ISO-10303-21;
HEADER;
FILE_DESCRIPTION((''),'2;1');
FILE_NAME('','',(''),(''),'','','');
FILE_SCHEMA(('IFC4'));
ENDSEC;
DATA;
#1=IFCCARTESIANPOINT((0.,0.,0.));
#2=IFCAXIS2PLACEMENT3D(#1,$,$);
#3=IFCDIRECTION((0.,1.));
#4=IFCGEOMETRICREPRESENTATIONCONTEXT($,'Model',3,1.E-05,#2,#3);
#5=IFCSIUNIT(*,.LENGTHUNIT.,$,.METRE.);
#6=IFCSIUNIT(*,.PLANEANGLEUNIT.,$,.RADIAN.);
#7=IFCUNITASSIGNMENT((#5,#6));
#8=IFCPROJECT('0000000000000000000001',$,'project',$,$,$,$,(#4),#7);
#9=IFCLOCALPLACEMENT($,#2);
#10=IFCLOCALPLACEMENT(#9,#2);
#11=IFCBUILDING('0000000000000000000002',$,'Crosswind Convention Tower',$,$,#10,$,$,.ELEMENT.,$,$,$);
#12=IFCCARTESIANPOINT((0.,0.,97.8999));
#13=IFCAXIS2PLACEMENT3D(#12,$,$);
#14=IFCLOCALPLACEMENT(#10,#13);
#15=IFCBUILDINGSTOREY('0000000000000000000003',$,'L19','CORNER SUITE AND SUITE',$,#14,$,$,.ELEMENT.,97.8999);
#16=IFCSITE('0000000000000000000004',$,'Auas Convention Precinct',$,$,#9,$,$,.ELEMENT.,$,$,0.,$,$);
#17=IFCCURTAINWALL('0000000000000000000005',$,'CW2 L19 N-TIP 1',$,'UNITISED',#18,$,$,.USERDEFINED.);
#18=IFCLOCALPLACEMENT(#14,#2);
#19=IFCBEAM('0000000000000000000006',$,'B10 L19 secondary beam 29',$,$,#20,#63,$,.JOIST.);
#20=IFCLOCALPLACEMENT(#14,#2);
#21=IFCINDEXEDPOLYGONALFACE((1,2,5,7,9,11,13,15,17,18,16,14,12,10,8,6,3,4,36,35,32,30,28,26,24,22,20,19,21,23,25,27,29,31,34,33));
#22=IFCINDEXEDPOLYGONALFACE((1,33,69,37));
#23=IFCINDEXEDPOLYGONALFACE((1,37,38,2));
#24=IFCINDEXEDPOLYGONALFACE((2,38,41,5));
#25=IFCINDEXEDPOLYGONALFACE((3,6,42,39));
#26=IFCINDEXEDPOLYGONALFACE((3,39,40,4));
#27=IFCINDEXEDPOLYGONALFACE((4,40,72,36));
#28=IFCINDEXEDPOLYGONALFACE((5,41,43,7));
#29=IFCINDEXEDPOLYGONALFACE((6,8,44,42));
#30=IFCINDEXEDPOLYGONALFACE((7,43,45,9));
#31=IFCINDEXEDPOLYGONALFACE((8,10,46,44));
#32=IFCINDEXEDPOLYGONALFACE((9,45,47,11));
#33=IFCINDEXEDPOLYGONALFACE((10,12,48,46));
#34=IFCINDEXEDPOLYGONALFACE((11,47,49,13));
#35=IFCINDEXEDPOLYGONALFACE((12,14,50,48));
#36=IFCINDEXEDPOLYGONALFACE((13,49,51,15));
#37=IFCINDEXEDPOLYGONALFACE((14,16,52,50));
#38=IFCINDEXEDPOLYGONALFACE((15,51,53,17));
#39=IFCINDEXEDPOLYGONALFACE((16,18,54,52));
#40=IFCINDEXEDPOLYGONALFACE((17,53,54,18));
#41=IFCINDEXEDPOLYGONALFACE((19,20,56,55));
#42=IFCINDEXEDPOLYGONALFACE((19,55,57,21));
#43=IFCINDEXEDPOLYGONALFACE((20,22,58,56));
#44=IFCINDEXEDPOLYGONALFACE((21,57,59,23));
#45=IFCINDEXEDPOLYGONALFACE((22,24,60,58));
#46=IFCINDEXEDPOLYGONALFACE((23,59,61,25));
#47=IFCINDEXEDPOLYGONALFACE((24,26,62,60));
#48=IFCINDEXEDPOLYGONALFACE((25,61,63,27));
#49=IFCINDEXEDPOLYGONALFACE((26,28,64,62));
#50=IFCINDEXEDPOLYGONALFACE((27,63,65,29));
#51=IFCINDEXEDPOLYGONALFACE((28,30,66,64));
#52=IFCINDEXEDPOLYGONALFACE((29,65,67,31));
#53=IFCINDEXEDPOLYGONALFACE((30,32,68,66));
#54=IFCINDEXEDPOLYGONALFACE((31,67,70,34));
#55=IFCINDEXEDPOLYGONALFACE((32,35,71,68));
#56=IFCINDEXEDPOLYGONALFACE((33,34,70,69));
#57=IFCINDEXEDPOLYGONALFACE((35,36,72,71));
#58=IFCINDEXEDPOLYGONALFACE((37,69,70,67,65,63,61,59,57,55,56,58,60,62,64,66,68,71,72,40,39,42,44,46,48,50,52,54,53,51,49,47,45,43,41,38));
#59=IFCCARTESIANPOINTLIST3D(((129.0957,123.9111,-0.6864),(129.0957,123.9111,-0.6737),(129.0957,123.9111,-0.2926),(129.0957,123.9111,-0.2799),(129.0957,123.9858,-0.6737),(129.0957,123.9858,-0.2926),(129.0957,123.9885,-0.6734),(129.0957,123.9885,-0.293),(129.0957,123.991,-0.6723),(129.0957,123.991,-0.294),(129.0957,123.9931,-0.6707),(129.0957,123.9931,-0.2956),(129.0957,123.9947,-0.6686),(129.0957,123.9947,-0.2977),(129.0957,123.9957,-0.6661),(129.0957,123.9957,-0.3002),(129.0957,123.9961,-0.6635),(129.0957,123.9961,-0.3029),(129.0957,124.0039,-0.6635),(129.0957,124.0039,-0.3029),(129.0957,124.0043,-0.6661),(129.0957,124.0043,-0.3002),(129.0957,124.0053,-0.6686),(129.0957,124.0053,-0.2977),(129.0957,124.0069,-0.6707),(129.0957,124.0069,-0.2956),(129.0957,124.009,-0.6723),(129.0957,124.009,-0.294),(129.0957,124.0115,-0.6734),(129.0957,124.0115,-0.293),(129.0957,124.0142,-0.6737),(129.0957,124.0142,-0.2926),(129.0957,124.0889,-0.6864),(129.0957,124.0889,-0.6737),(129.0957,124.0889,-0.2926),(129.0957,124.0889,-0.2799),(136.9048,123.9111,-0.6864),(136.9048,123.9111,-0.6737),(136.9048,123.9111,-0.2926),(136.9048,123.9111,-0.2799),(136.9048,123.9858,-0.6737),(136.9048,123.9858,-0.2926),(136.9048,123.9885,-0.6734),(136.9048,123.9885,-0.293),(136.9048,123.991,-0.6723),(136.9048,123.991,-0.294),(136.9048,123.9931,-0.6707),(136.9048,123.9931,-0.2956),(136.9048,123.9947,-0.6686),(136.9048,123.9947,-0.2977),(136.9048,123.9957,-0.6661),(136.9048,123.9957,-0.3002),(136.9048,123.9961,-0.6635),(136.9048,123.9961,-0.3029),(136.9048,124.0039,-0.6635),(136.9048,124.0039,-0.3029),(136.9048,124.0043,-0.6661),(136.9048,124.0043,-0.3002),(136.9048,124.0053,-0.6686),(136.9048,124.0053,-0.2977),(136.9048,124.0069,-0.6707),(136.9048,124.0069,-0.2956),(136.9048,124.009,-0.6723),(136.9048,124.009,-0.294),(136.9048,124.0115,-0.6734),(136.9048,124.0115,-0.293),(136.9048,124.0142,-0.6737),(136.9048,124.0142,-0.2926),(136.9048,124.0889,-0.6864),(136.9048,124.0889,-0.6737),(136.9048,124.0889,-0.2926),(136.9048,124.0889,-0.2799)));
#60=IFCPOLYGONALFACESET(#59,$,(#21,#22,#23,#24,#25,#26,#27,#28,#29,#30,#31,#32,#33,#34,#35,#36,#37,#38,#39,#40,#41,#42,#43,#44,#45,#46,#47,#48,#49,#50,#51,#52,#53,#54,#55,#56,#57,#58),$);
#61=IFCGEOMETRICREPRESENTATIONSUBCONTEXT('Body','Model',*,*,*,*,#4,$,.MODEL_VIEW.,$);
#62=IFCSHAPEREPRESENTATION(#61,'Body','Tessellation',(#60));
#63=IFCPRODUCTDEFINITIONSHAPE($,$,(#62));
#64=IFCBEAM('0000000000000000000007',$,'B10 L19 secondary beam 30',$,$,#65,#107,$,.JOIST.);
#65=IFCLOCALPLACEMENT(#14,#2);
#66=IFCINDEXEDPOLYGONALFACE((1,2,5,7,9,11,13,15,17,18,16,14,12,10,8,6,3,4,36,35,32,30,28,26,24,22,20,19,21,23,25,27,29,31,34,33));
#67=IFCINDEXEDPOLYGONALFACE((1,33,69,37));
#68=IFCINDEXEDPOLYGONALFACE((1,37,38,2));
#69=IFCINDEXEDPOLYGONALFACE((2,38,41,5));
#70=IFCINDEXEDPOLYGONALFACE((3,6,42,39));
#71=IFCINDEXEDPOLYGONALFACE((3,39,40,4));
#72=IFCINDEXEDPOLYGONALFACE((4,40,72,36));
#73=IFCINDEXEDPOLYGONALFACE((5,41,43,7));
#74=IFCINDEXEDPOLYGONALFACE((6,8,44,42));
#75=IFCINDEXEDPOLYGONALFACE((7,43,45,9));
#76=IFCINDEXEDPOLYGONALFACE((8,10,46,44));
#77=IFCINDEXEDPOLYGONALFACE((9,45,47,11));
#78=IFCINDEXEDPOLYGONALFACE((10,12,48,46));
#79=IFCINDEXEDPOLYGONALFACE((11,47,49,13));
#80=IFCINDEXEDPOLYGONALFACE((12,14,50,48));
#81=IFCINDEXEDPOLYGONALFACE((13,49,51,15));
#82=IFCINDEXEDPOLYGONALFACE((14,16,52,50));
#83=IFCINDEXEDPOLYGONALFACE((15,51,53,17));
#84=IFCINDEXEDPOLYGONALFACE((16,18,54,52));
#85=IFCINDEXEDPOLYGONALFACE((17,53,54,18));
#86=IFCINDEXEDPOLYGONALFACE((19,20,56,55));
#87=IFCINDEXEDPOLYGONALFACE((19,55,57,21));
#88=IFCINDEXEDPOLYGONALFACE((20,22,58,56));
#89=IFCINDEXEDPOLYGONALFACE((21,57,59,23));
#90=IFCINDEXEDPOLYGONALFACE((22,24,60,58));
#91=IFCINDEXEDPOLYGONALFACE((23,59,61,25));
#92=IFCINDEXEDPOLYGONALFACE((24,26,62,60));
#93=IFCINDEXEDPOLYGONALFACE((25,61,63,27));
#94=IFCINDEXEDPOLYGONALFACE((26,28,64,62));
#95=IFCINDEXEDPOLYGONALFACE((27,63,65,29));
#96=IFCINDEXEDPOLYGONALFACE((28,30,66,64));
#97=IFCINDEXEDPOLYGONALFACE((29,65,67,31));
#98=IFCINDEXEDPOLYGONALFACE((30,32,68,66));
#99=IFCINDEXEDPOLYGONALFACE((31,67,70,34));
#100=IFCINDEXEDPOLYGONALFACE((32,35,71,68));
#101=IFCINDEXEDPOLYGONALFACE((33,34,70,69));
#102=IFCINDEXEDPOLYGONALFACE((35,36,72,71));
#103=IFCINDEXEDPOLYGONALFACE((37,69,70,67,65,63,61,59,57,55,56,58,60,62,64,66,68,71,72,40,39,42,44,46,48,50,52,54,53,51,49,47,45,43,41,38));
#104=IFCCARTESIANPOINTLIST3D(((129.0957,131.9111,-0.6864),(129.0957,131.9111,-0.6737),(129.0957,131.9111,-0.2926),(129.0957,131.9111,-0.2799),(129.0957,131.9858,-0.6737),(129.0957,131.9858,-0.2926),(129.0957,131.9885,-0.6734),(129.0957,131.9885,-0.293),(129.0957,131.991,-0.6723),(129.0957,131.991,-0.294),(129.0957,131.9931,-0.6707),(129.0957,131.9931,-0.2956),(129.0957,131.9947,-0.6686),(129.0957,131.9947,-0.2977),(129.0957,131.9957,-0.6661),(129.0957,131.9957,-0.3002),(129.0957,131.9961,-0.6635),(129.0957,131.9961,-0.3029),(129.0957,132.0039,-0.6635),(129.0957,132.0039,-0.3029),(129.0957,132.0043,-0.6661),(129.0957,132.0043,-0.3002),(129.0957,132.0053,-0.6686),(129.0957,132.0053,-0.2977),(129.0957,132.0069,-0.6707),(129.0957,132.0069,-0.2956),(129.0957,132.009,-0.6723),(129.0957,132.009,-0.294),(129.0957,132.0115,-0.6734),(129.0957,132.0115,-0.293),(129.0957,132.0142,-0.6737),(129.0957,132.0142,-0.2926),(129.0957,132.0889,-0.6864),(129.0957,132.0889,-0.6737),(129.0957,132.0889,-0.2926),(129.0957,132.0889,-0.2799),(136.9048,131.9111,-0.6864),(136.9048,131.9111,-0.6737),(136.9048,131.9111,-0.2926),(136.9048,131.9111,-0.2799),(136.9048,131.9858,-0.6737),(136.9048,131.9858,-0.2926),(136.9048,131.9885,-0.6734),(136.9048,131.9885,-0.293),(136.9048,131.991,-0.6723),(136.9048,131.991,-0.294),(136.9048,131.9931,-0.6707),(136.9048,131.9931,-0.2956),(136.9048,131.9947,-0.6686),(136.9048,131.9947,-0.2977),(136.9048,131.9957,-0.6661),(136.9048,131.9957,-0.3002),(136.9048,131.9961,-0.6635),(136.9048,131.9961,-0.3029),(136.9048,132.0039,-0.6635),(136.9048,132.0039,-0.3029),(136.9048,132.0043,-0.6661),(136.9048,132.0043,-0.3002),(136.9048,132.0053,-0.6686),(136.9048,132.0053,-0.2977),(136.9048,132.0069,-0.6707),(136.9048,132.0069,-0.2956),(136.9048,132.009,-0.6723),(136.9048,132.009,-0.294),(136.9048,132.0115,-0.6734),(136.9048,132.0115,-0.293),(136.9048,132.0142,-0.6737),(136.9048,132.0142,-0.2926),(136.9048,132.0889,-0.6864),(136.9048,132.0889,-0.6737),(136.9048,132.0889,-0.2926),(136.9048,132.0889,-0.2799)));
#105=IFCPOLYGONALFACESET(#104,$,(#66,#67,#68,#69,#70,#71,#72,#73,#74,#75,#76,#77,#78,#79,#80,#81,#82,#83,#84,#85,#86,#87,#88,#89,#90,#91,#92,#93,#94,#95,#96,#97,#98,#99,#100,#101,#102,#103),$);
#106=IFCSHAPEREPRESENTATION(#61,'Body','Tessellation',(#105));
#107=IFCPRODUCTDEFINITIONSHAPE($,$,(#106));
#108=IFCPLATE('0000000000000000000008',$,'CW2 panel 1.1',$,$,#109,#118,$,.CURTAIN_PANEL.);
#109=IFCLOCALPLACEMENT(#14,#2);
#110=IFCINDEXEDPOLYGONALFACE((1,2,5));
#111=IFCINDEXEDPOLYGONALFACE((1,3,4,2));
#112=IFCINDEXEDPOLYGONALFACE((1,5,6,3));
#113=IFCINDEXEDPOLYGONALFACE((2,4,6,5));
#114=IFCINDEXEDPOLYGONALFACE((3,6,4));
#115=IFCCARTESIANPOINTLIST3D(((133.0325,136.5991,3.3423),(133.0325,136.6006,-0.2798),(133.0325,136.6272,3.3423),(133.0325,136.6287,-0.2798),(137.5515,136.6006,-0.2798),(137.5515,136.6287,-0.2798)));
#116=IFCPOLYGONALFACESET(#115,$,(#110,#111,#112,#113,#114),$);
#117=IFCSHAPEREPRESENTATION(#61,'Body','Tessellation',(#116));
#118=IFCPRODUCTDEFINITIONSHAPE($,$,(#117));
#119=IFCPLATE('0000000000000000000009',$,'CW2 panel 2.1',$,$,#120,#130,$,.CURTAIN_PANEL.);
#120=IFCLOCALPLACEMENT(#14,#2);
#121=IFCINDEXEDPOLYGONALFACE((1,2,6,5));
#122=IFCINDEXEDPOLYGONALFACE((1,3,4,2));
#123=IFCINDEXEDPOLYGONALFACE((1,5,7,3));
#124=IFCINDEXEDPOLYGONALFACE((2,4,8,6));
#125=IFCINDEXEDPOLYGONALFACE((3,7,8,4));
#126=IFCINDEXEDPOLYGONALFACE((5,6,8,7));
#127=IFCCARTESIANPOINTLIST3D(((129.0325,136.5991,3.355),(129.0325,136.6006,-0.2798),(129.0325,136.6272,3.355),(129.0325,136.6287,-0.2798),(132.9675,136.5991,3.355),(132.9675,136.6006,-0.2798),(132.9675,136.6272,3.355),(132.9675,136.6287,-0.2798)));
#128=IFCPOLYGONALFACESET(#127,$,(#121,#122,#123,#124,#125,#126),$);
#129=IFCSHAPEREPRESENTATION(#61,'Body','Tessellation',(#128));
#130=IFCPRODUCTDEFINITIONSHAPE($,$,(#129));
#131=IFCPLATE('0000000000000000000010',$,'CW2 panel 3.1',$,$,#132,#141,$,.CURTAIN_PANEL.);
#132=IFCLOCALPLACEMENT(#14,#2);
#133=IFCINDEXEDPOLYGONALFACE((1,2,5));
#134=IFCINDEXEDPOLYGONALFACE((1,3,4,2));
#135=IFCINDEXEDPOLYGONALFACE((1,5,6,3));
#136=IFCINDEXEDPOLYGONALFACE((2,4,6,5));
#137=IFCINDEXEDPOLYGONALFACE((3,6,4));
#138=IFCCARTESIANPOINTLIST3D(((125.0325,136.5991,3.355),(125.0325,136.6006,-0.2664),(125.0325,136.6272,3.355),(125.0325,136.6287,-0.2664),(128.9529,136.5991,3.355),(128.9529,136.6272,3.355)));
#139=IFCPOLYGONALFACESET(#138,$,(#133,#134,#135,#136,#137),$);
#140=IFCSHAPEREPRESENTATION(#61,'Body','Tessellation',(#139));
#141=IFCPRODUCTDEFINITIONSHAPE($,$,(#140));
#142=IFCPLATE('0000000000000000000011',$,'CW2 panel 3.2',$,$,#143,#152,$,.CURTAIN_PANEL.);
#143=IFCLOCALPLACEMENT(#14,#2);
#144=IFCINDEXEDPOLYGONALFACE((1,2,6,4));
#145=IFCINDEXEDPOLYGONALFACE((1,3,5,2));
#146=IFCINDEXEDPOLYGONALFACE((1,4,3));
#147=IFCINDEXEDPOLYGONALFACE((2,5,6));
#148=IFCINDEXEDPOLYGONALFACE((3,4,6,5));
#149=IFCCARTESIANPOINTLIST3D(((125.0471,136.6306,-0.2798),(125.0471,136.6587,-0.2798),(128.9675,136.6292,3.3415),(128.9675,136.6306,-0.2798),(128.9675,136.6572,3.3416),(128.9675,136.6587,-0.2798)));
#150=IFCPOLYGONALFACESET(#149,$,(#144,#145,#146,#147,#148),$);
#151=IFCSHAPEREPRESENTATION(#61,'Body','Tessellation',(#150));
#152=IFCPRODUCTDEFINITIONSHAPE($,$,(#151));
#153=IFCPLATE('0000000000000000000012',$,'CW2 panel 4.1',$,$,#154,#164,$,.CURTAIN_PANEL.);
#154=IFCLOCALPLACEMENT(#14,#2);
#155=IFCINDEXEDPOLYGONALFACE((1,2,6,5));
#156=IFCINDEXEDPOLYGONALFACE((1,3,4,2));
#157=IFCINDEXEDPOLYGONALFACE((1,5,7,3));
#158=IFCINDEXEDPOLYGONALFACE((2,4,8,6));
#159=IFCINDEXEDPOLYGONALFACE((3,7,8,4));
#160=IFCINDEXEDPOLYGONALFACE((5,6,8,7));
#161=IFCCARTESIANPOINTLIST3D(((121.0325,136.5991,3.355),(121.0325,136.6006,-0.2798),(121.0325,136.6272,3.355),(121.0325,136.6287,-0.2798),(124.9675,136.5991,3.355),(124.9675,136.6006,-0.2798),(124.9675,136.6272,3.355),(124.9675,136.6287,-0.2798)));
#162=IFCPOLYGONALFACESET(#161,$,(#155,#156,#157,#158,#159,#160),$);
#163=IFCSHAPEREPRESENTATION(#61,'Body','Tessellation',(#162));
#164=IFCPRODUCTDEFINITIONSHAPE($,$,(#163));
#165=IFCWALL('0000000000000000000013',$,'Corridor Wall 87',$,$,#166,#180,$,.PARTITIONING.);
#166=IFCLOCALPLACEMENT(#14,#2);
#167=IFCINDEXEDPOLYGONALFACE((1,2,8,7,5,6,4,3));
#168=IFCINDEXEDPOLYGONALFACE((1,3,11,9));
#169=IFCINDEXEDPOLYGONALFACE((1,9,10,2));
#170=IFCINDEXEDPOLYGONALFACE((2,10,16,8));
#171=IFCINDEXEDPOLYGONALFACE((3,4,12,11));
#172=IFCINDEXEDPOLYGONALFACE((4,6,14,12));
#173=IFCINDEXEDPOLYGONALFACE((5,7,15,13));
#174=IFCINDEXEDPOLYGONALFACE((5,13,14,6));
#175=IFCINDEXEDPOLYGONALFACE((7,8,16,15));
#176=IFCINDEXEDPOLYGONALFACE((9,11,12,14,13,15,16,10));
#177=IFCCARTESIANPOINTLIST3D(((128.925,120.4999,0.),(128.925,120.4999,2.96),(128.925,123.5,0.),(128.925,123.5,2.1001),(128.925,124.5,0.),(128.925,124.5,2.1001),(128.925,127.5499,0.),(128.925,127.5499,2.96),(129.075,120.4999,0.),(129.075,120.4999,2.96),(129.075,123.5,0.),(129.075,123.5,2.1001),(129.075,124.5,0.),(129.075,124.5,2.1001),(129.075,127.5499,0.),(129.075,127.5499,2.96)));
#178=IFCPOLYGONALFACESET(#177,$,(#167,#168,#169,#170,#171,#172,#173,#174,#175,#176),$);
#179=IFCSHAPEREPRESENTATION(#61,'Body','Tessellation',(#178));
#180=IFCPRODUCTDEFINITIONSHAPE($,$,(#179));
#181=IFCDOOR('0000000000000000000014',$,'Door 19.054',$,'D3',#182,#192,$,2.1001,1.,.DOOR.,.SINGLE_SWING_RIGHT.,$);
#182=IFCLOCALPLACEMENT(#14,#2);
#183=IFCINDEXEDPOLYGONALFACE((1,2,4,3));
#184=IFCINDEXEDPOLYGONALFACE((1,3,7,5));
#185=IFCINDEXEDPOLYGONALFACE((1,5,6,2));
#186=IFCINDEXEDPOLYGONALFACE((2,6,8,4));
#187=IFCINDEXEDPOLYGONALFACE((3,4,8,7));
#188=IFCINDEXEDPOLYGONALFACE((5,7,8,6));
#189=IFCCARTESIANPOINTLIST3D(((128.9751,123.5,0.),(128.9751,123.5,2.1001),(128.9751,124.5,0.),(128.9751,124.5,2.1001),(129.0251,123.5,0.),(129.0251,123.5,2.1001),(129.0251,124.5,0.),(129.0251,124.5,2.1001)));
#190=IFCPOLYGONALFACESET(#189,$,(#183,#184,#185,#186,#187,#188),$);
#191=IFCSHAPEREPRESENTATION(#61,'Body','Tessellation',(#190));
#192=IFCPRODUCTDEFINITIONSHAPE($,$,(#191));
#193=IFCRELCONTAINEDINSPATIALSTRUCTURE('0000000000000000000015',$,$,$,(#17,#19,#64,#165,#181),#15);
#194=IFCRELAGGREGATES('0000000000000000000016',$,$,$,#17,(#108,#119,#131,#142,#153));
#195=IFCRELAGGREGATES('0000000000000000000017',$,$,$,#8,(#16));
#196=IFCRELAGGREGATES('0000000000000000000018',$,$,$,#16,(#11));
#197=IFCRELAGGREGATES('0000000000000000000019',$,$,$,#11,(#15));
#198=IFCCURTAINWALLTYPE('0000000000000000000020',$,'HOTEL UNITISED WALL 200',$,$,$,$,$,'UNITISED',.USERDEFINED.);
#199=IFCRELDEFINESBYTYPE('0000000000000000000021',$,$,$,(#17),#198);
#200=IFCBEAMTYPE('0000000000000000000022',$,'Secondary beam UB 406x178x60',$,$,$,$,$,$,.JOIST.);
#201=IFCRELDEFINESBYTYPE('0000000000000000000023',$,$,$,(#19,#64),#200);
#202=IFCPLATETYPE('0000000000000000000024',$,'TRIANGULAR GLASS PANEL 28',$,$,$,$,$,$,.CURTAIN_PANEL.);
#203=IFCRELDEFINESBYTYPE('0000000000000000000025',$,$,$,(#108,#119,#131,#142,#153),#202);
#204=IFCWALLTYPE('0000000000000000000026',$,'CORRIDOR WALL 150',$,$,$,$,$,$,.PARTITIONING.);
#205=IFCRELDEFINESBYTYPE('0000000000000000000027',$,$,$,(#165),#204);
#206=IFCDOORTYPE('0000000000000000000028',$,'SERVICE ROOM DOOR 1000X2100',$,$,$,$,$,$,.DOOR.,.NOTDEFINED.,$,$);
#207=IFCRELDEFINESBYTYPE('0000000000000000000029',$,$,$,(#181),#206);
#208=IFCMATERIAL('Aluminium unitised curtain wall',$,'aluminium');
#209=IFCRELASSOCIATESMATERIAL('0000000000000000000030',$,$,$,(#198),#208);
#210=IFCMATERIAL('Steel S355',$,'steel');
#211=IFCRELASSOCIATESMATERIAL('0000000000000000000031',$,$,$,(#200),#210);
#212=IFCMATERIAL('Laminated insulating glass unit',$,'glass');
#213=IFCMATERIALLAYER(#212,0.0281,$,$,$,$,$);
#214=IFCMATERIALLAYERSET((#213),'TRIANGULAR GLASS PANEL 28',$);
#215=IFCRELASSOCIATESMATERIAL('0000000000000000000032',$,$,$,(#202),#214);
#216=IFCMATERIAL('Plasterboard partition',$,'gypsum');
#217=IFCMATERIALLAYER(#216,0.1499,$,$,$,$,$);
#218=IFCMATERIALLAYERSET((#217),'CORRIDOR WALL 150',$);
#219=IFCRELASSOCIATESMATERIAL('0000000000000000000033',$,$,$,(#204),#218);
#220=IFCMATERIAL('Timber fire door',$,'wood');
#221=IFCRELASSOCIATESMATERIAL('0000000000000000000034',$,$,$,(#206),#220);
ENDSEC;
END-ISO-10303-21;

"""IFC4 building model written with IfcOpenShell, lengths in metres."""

from ifc_helpers import new_model, si_unit, direction, frame, frame_2d, origin, origin_2d, place, context, subcontext, project, spatial, polyline, rectangle, i_section, outline, extrude, material, layer, layer_set, material_profile, profile_set, type_object, element, fill, aggregate, save


model = new_model("IFC4")

# Units and contexts
model_context = context("Model", 3, precision=1e-05, world=origin(), true_north=direction((0.0, 1.0)))
body_context = subcontext(model_context, "Body", "Model", "MODEL_VIEW")
ifc_project = project(units=[si_unit("LENGTHUNIT", "METRE"), si_unit("PLANEANGLEUNIT", "RADIAN")], contexts=[model_context])

# Site, building, storey
site_placement = place(None, origin())
site = spatial("IfcSite", under=ifc_project, at=site_placement, Name="Auas Convention Precinct", CompositionType="ELEMENT", RefElevation=0.0)
building_placement = place(site_placement, origin())
building = spatial("IfcBuilding", under=site, at=building_placement, Name="Crosswind Convention Tower", CompositionType="ELEMENT")
storey_placement = place(building_placement, frame((0.0, 0.0, 97.8999)))
storey = spatial("IfcBuildingStorey", under=building, at=storey_placement, Name="L19", Description="CORNER SUITE AND SUITE", CompositionType="ELEMENT", Elevation=97.8999)

# Shared definitions
ifc_material_1 = material(Name="Steel S355", Category="steel")

# Curtain wall
ifc_material_2 = material(Name="Aluminium unitised curtain wall", Category="aluminium")
curtain_wall_type = type_object("IfcCurtainWallType", Name="HOTEL UNITISED WALL 200", ElementType="UNITISED", PredefinedType="USERDEFINED", material=ifc_material_2)
curtain_wall_placement = place(storey_placement, origin())
curtain_wall = element("IfcCurtainWall", 1, at=curtain_wall_placement, inside=storey, type_object=curtain_wall_type, Name="CW2 L19 N-TIP 1", ObjectType="UNITISED", PredefinedType="USERDEFINED")

# Beams
ifc_material_profile_1 = material_profile(ifc_material_1, i_section(OverallWidth=0.1777, OverallDepth=0.4065, WebThickness=0.0078, FlangeThickness=0.0127, FilletRadius=0.0103, at=origin_2d()), Name="UB 406x178x60")
ifc_profile_set_1 = profile_set([ifc_material_profile_1], Name="Steel S355")
beam_type_1 = type_object("IfcBeamType", Name="Secondary beam UB 406x178x60", PredefinedType="JOIST", material=ifc_profile_set_1)
for number, where, z_axis, x_axis, name in (
    (2, (129.0957, 124.0, -0.4832), (1.0, 0.0, 0.0), (0.0, 1.0, 0.0), "B10 L19 secondary beam 29"),
    (3, (129.0957, 132.0, -0.4832), (1.0, 0.0, 0.0), (0.0, 1.0, 0.0), "B10 L19 secondary beam 30"),
):
    element("IfcBeam", number, at=place(storey_placement, frame(where, z_axis=z_axis, x_axis=x_axis)), inside=storey, type_object=beam_type_1, Name=name, PredefinedType="JOIST", context=body_context, shape_type="SweptSolid", body=[
        extrude(i_section(OverallWidth=0.1777, OverallDepth=0.4065, WebThickness=0.0078, FlangeThickness=0.0127, FilletRadius=0.0103, at=origin_2d()), origin(), (0.0, 0.0, 1.0), 7.8091),
    ])

# Plates
ifc_material_3 = material(Name="Laminated insulating glass unit", Category="glass")
ifc_layer_1 = layer(ifc_material_3, 0.0281)
ifc_layer_set_1 = layer_set([ifc_layer_1], Name="TRIANGULAR GLASS PANEL 28")
plate_type = type_object("IfcPlateType", Name="TRIANGULAR GLASS PANEL 28", PredefinedType="CURTAIN_PANEL", material=ifc_layer_set_1)
plate_1_placement = place(storey_placement, frame((133.0325, 136.6287, -0.2798), z_axis=(0.0, 1.0, 0.000404), x_axis=(0.0, -0.000404, 1.0)))
plate_1 = element("IfcPlate", 4, at=plate_1_placement, type_object=plate_type, Name="CW2 panel 1.1", PredefinedType="CURTAIN_PANEL", context=body_context, shape_type="SweptSolid", body=[
    extrude(outline(polyline([(0.0, 0.0), (3.6221, 0.0), (0.0, 4.519), (0.0, 0.0)])), origin(), (0.0, 0.0, -1.0), 0.0281),
])
plate_2_placement = place(storey_placement, frame((132.9675, 136.6287, -0.2798), z_axis=(0.0, 1.0, 0.000403), x_axis=(-1.0, 0.0, 0.0)))
plate_2 = element("IfcPlate", 5, at=plate_2_placement, type_object=plate_type, Name="CW2 panel 2.1", PredefinedType="CURTAIN_PANEL", context=body_context, shape_type="SweptSolid", body=[
    extrude(outline(polyline([(0.0, 0.0), (3.9351, 0.0), (3.9351, 3.6348), (0.0, 3.6348), (0.0, 0.0)])), origin(), (0.0, 0.0, -1.0), 0.0281),
])
plate_3_placement = place(storey_placement, frame((125.0325, 136.6272, 3.355), z_axis=(0.0, 1.0, 0.000405), x_axis=(1.0, 0.0, 0.0)))
plate_3 = element("IfcPlate", 6, at=plate_3_placement, type_object=plate_type, Name="CW2 panel 3.1", PredefinedType="CURTAIN_PANEL", context=body_context, shape_type="SweptSolid", body=[
    extrude(outline(polyline([(0.0, 0.0), (3.9204, 0.0), (0.0, 3.6213), (0.0, 0.0)])), origin(), (0.0, 0.0, -1.0), 0.0281),
])
plate_4_placement = place(storey_placement, frame((128.9675, 136.6587, -0.2798), z_axis=(0.0, 1.0, 0.000405), x_axis=(-1.0, 0.0, 0.0)))
plate_4 = element("IfcPlate", 7, at=plate_4_placement, type_object=plate_type, Name="CW2 panel 3.2", PredefinedType="CURTAIN_PANEL", context=body_context, shape_type="SweptSolid", body=[
    extrude(outline(polyline([(0.0, 0.0), (3.9204, 0.0), (0.0, 3.6213), (0.0, 0.0)])), origin(), (0.0, 0.0, -1.0), 0.0281),
])
plate_5_placement = place(storey_placement, frame((124.9675, 136.6287, -0.2798), z_axis=(0.0, 1.0, 0.000403), x_axis=(-1.0, 0.0, 0.0)))
plate_5 = element("IfcPlate", 8, at=plate_5_placement, type_object=plate_type, Name="CW2 panel 4.1", PredefinedType="CURTAIN_PANEL", context=body_context, shape_type="SweptSolid", body=[
    extrude(outline(polyline([(0.0, 0.0), (3.9351, 0.0), (3.9351, 3.6348), (0.0, 3.6348), (0.0, 0.0)])), origin(), (0.0, 0.0, -1.0), 0.0281),
])
aggregate(curtain_wall, [plate_1, plate_2, plate_3, plate_4, plate_5])

# Wall, opening, door
ifc_material_4 = material(Name="Plasterboard partition", Category="gypsum")
ifc_layer_2 = layer(ifc_material_4, 0.1499)
ifc_layer_set_2 = layer_set([ifc_layer_2], Name="CORRIDOR WALL 150")
wall_type_1 = type_object("IfcWallType", Name="CORRIDOR WALL 150", PredefinedType="PARTITIONING", material=ifc_layer_set_2)
wall_1_placement = place(storey_placement, frame((129.0, 120.5, 0.0), z_axis=(0.0, 0.0, 1.0), x_axis=(0.0, 1.0, 0.0)))
wall_1 = element("IfcWall", 9, at=wall_1_placement, inside=storey, type_object=wall_type_1, Name="Corridor Wall 87", PredefinedType="PARTITIONING", context=body_context, shape_type="SweptSolid", body=[
    extrude(rectangle(XDim=7.05, YDim=0.1499, at=frame_2d((3.5249, 0.0))), origin(), (0.0, 0.0, 1.0), 2.96),
])
opening_1_placement = place(wall_1_placement, frame((3.0, 0.0, 0.0)))
opening_1 = element("IfcOpeningElement", 10, at=opening_1_placement, cuts=wall_1, PredefinedType="OPENING", context=body_context, shape_type="SweptSolid", body=[
    extrude(rectangle(XDim=1.0, YDim=2.1001, at=frame_2d((0.5, 1.05))), frame((0.0, 0.085, 0.0), z_axis=(0.0, -1.0, 0.0), x_axis=(1.0, 0.0, 0.0)), (0.0, 0.0, 1.0), 0.1699),
])
ifc_material_5 = material(Name="Timber fire door", Category="wood")
door_type_1 = type_object("IfcDoorType", Name="SERVICE ROOM DOOR 1000X2100", OperationType="NOTDEFINED", PredefinedType="DOOR", material=ifc_material_5)
door_1_placement = place(opening_1_placement, origin())
door_1 = element("IfcDoor", 11, at=door_1_placement, inside=storey, type_object=door_type_1, Name="Door 19.054", ObjectType="D3", OperationType="SINGLE_SWING_RIGHT", OverallHeight=2.1001, OverallWidth=1.0, PredefinedType="DOOR", context=body_context, shape_type="SweptSolid", body=[
    extrude(rectangle(XDim=1.0, YDim=2.1001, at=frame_2d((0.5, 1.05))), frame((0.0, 0.0249, 0.0), z_axis=(0.0, -1.0, 0.0), x_axis=(1.0, 0.0, 0.0)), (0.0, 0.0, 1.0), 0.05),
])
fill(opening_1, door_1)

save(model, "model.ifc")
